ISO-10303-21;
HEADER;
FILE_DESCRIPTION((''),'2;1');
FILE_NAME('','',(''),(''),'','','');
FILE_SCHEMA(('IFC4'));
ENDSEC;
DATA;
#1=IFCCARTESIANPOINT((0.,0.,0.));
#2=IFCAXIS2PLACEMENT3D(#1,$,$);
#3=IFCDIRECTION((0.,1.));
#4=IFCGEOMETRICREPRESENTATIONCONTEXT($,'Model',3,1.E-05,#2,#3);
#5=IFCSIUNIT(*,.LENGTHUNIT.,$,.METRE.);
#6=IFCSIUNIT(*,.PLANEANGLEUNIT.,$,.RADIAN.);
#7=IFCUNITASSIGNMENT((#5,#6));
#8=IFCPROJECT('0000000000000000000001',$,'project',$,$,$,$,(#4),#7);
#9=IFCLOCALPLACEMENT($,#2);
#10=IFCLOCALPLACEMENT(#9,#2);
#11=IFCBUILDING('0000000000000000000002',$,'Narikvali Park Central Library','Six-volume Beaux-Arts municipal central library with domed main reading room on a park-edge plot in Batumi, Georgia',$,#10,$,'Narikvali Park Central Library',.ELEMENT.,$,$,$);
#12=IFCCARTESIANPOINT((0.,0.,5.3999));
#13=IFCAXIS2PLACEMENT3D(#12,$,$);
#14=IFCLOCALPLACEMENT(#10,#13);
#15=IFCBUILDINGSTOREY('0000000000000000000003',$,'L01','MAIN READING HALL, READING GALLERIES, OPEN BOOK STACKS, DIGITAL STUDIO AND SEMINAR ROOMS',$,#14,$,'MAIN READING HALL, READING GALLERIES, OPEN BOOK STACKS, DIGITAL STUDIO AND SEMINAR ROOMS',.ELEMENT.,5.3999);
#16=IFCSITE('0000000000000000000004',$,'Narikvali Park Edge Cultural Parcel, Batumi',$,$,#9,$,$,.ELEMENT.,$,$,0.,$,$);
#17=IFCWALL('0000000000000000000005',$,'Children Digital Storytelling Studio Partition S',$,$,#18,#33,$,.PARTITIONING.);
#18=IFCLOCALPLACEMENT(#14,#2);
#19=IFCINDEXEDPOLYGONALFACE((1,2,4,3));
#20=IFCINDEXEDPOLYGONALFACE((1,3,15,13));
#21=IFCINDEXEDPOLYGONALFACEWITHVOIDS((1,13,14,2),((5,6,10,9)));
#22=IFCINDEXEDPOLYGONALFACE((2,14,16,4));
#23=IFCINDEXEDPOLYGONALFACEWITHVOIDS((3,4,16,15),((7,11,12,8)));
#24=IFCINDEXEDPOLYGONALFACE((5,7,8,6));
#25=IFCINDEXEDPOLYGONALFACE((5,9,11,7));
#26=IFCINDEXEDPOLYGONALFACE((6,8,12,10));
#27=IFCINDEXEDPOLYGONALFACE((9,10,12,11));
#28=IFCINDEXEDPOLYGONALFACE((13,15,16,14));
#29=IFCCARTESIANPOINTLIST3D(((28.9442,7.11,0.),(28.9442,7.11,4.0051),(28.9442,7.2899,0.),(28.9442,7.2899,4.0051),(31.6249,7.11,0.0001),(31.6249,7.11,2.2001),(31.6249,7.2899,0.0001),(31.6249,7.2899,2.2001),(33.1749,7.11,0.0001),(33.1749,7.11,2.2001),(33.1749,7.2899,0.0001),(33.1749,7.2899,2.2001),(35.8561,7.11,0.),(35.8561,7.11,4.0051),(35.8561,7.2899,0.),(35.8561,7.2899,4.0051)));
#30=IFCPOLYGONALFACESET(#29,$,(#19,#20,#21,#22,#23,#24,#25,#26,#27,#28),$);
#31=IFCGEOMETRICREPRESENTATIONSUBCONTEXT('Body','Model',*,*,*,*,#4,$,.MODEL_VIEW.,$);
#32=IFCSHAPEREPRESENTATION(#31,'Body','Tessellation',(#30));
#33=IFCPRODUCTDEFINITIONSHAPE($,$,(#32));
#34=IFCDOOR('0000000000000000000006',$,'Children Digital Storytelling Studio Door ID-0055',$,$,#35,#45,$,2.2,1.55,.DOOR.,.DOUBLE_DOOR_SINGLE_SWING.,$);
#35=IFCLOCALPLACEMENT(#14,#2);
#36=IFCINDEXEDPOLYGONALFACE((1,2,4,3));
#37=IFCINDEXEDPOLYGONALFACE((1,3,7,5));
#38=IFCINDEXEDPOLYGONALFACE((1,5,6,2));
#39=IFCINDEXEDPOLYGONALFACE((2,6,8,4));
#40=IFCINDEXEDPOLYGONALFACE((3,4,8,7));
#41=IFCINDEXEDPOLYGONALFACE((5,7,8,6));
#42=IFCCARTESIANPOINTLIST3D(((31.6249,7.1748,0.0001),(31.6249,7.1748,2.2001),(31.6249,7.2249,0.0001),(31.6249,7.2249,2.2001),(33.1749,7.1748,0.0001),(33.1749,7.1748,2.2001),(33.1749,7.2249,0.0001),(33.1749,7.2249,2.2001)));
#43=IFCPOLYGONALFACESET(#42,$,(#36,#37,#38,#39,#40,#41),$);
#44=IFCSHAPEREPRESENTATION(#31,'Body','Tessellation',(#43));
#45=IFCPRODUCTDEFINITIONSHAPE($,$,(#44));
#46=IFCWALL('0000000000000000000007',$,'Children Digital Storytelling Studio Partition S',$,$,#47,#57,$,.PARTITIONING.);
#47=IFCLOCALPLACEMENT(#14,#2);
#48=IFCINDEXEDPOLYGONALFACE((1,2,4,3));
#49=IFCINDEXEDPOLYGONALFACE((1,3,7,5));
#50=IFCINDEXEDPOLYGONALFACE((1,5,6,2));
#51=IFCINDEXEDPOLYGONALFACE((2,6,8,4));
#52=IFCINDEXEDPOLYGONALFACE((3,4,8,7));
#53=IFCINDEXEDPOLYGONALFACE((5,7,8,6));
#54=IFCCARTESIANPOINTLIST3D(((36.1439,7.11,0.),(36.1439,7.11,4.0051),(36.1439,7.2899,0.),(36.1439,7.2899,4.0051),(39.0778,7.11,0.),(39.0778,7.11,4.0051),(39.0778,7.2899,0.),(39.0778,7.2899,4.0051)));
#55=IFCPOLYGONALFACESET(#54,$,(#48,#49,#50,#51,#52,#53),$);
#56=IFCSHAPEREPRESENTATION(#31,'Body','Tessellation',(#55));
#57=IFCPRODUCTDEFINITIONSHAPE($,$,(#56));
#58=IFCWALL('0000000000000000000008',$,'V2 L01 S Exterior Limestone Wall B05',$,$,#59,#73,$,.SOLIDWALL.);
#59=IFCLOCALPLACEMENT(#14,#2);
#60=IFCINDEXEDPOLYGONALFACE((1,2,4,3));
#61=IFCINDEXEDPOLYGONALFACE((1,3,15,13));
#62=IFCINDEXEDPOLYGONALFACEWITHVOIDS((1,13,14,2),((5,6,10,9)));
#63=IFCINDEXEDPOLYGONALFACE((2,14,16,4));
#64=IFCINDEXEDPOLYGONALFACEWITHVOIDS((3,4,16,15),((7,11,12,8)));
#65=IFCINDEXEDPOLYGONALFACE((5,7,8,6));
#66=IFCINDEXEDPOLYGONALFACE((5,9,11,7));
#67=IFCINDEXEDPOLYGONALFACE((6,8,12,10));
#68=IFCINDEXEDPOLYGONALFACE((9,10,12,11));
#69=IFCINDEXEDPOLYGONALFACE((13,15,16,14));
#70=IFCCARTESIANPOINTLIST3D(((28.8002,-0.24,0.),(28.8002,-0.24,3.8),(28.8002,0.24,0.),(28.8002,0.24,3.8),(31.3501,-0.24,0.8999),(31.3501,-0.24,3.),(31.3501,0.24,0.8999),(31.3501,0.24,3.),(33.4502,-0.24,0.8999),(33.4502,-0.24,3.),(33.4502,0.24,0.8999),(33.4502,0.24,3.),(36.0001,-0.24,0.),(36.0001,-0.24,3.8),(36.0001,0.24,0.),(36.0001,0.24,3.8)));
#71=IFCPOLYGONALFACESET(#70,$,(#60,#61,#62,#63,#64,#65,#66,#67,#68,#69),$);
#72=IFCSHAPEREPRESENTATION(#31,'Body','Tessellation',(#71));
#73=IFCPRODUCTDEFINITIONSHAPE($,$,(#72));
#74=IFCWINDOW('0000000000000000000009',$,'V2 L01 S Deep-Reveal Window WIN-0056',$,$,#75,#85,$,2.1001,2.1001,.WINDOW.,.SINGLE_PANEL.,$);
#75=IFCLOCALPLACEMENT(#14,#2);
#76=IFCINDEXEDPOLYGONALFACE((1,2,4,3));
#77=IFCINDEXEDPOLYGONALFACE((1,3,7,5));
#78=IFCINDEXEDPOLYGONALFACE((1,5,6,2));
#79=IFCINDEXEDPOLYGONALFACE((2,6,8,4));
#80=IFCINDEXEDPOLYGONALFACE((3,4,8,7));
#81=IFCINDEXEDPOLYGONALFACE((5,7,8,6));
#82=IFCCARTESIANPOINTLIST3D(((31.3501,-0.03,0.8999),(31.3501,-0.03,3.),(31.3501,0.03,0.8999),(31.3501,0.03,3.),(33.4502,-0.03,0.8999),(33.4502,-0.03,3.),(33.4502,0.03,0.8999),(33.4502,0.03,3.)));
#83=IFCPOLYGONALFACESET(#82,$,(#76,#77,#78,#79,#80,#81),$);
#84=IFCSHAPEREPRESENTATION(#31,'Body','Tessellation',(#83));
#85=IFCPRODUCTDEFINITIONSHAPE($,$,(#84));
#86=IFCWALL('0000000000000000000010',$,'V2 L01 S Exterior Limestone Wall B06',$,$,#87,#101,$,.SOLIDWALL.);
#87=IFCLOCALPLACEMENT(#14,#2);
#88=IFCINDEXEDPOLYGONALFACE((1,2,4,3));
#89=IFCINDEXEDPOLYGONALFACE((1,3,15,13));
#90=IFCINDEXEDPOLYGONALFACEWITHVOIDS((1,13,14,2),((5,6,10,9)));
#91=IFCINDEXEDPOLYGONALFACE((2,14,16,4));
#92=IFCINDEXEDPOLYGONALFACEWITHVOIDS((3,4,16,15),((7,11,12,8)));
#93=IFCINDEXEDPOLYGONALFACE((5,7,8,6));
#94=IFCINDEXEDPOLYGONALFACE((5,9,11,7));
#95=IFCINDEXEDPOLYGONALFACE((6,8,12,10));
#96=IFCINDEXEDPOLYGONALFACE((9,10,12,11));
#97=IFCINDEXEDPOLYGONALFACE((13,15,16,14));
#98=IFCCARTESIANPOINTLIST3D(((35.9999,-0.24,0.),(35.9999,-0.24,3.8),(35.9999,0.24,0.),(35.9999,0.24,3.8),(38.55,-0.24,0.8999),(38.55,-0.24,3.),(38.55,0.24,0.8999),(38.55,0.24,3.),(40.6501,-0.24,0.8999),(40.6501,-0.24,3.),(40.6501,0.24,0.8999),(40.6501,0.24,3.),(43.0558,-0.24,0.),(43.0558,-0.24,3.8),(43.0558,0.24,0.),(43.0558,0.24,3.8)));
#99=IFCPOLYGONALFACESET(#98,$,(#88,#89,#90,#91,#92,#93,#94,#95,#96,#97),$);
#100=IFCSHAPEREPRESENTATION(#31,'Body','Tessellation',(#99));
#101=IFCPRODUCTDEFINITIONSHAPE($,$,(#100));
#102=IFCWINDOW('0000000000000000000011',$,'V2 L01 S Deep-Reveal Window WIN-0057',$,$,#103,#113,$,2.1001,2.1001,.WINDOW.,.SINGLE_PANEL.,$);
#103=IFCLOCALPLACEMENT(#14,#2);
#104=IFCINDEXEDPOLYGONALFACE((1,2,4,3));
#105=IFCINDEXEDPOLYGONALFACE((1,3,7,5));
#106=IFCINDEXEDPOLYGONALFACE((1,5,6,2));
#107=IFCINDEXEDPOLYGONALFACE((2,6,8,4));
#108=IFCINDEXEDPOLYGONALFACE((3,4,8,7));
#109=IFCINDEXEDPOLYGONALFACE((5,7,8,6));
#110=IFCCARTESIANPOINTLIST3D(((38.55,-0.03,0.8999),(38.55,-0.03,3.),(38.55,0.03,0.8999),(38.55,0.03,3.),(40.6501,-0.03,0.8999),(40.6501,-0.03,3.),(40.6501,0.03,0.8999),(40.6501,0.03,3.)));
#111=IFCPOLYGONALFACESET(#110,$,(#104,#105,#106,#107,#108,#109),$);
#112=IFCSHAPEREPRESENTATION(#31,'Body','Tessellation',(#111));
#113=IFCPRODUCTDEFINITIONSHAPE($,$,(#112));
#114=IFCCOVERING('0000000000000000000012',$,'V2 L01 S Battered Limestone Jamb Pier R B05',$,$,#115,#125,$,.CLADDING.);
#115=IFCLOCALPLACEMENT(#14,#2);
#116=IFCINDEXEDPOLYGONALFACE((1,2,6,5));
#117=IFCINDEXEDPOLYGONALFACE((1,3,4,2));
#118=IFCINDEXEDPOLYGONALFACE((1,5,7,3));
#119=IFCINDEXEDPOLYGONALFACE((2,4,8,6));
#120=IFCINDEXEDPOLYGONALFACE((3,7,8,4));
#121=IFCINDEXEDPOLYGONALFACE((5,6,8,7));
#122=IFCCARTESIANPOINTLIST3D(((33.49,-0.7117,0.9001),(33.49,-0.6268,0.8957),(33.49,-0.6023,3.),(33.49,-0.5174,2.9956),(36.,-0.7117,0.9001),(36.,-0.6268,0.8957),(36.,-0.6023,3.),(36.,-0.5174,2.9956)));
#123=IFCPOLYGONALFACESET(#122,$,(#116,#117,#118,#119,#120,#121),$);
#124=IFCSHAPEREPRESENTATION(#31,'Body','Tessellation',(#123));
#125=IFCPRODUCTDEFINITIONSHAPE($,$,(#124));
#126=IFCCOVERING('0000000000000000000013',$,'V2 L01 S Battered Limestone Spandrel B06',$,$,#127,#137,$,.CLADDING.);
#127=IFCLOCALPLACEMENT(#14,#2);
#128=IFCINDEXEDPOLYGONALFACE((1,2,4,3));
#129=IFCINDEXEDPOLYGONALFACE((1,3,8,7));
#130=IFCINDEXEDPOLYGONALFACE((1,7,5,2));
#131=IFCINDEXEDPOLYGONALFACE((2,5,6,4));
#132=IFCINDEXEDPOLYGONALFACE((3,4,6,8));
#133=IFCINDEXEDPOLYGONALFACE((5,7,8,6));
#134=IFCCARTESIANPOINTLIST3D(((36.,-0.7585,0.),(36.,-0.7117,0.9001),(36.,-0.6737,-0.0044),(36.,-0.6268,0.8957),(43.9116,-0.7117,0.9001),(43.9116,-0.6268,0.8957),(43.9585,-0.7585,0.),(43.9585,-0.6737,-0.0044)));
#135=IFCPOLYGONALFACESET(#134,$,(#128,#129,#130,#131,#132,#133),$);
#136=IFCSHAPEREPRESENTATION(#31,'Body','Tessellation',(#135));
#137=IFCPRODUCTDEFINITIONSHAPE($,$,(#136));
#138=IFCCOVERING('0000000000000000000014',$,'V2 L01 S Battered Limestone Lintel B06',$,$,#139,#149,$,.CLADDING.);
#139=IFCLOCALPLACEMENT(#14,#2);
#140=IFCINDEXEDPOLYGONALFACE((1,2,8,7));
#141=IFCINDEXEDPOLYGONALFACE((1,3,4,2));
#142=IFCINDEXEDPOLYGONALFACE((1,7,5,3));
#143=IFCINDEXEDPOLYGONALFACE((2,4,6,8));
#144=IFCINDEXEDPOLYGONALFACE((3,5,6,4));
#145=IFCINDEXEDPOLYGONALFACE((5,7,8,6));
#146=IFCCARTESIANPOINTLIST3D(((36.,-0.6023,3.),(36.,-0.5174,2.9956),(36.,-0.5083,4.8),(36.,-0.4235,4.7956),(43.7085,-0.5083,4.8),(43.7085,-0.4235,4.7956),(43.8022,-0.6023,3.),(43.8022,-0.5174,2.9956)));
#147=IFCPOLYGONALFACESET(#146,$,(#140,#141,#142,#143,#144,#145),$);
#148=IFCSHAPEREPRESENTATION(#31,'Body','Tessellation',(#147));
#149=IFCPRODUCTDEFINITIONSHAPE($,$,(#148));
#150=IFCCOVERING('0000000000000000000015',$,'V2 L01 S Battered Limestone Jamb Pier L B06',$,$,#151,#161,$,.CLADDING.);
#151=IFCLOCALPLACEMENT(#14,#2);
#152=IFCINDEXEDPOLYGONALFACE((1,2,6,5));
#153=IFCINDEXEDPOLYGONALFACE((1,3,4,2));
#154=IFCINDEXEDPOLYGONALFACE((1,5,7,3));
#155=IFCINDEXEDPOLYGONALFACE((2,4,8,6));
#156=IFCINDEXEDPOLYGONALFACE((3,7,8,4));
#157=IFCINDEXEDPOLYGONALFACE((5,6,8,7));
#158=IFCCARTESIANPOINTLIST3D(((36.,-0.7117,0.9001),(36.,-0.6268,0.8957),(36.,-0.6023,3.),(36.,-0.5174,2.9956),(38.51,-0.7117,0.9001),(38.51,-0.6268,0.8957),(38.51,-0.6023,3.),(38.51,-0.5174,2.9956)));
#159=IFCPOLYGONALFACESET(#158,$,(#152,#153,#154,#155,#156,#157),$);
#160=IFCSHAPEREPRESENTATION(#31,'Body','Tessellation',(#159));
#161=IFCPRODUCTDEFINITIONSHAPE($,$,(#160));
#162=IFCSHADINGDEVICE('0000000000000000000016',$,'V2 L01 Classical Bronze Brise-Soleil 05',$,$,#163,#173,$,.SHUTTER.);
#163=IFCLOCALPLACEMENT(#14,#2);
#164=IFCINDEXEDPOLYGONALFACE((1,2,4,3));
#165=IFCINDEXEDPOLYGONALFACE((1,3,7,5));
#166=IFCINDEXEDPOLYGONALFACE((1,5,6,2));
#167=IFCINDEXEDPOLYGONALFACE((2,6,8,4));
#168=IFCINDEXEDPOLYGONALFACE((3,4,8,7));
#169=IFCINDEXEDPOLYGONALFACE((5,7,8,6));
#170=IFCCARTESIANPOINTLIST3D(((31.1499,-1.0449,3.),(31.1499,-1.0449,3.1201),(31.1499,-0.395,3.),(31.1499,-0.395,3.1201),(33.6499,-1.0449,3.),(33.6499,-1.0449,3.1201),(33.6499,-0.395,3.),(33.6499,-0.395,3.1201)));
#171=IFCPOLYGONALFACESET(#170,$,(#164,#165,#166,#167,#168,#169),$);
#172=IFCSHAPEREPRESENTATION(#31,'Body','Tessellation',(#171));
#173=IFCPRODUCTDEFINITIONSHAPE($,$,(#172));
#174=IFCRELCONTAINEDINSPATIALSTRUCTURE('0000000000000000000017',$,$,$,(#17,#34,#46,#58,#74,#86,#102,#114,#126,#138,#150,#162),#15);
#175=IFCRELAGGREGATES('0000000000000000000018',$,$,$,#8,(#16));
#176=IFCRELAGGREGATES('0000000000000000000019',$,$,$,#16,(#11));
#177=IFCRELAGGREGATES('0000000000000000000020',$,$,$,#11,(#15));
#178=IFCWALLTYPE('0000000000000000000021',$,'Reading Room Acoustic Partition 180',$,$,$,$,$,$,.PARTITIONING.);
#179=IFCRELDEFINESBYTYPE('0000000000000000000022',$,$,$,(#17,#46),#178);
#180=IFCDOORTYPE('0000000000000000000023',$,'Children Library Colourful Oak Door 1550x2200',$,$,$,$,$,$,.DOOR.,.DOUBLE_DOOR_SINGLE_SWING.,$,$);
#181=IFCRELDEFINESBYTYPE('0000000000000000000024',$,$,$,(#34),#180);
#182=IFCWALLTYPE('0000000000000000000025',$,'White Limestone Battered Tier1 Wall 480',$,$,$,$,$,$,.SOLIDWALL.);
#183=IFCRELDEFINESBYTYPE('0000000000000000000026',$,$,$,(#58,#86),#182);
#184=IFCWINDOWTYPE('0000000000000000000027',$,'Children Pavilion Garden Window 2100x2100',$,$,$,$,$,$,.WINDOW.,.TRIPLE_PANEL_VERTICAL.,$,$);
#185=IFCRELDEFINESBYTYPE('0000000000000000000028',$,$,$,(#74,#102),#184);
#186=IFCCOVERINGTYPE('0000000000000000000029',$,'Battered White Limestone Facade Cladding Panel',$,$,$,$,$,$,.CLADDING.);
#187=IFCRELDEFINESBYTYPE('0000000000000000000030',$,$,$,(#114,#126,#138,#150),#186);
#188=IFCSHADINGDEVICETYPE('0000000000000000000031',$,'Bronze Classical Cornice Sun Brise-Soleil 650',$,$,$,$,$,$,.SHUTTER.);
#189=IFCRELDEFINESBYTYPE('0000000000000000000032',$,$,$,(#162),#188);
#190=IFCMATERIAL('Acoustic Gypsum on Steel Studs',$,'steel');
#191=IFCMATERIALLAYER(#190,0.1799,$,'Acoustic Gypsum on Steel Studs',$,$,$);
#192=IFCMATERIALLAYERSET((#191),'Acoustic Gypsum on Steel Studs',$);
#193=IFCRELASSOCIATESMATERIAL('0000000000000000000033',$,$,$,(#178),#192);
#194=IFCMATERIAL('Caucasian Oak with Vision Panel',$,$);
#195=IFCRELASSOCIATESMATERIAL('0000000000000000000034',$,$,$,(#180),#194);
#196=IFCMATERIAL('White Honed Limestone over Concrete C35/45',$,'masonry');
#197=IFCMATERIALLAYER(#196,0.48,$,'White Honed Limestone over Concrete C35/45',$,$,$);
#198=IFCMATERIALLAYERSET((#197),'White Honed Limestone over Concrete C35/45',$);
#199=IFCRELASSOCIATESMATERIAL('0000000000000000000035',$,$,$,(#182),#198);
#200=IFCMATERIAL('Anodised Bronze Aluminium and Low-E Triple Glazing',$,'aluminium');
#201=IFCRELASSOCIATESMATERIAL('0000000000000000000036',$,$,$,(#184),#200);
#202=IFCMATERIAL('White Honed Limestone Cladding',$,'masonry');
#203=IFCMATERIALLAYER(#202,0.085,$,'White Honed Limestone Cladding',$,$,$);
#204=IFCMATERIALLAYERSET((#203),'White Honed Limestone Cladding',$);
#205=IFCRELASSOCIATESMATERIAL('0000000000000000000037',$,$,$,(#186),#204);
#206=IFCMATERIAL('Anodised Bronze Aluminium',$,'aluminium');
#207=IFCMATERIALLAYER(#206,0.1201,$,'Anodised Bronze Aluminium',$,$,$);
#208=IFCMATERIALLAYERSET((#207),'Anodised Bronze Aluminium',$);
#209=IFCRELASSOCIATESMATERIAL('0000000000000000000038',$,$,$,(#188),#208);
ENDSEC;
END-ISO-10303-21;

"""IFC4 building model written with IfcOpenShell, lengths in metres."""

from ifc_helpers import new_model, si_unit, direction, frame, frame_2d, origin, origin_2d, place, context, subcontext, project, spatial, polyline, rectangle, outline, extrude, material, layer, layer_set, type_object, element, fill, save


model = new_model("IFC4")

# Units and contexts
model_context = context("Model", 3, precision=1e-05, world=origin(), true_north=direction((0.0, 1.0)))
body_context = subcontext(model_context, "Body", "Model", "MODEL_VIEW")
ifc_project = project(units=[si_unit("LENGTHUNIT", "METRE"), si_unit("PLANEANGLEUNIT", "RADIAN")], contexts=[model_context])

# Site, building, storey
site_placement = place(None, origin())
site = spatial("IfcSite", under=ifc_project, at=site_placement, Name="Narikvali Park Edge Cultural Parcel, Batumi", CompositionType="ELEMENT", RefElevation=0.0)
building_placement = place(site_placement, origin())
building = spatial("IfcBuilding", under=site, at=building_placement, Name="Narikvali Park Central Library", Description="Six-volume Beaux-Arts municipal central library with domed main reading room on a park-edge plot in Batumi, Georgia", LongName="Narikvali Park Central Library", CompositionType="ELEMENT")
storey_placement = place(building_placement, frame((0.0, 0.0, 5.3999)))
storey = spatial("IfcBuildingStorey", under=building, at=storey_placement, Name="L01", Description="MAIN READING HALL, READING GALLERIES, OPEN BOOK STACKS, DIGITAL STUDIO AND SEMINAR ROOMS", LongName="MAIN READING HALL, READING GALLERIES, OPEN BOOK STACKS, DIGITAL STUDIO AND SEMINAR ROOMS", CompositionType="ELEMENT", Elevation=5.3999)

# Wall, opening, door
ifc_material_1 = material(Name="Acoustic Gypsum on Steel Studs", Category="steel")
ifc_layer_1 = layer(ifc_material_1, 0.1799, Name="Acoustic Gypsum on Steel Studs")
ifc_layer_set_1 = layer_set([ifc_layer_1], Name="Acoustic Gypsum on Steel Studs")
wall_type_1 = type_object("IfcWallType", Name="Reading Room Acoustic Partition 180", PredefinedType="PARTITIONING", material=ifc_layer_set_1)
wall_1_placement = place(storey_placement, frame((28.9441, 7.2, 0.0), z_axis=(0.0, 0.0, 1.0), x_axis=(1.0, 0.0, 0.0)))
wall_1 = element("IfcWall", 1, at=wall_1_placement, inside=storey, type_object=wall_type_1, Name="Children Digital Storytelling Studio Partition S", PredefinedType="PARTITIONING", context=body_context, shape_type="SweptSolid", body=[
    extrude(rectangle(XDim=6.9119, YDim=0.1799, at=frame_2d((3.4561, 0.0))), origin(), (0.0, 0.0, 1.0), 4.0051),
])
opening_1_placement = place(wall_1_placement, frame((2.6809, 0.0, 0.0)))
opening_1 = element("IfcOpeningElement", 2, at=opening_1_placement, cuts=wall_1, PredefinedType="OPENING", context=body_context, shape_type="SweptSolid", body=[
    extrude(rectangle(XDim=1.55, YDim=2.2, at=frame_2d((0.7749, 1.1001))), frame((0.0, 0.1021, 0.0), z_axis=(0.0, -1.0, 0.0), x_axis=(1.0, 0.0, 0.0)), (0.0, 0.0, 1.0), 0.2039),
])
ifc_material_2 = material(Name="Caucasian Oak with Vision Panel")
door_type = type_object("IfcDoorType", Name="Children Library Colourful Oak Door 1550x2200", OperationType="DOUBLE_DOOR_SINGLE_SWING", PredefinedType="DOOR", material=ifc_material_2)
door_placement = place(opening_1_placement, origin())
door = element("IfcDoor", 3, at=door_placement, inside=storey, type_object=door_type, Name="Children Digital Storytelling Studio Door ID-0055", OperationType="DOUBLE_DOOR_SINGLE_SWING", OverallHeight=2.2, OverallWidth=1.55, PredefinedType="DOOR", context=body_context, shape_type="SweptSolid", body=[
    extrude(rectangle(XDim=1.55, YDim=2.2, at=frame_2d((0.7749, 1.1001))), frame((0.0, 0.0249, 0.0), z_axis=(0.0, -1.0, 0.0), x_axis=(1.0, 0.0, 0.0)), (0.0, 0.0, 1.0), 0.05),
])
fill(opening_1, door)

# Wall
wall_2_placement = place(storey_placement, frame((36.144, 7.2, 0.0), z_axis=(0.0, 0.0, 1.0), x_axis=(1.0, 0.0, 0.0)))
element("IfcWall", 4, at=wall_2_placement, inside=storey, type_object=wall_type_1, Name="Children Digital Storytelling Studio Partition S", PredefinedType="PARTITIONING", context=body_context, shape_type="SweptSolid", body=[
    extrude(rectangle(XDim=2.9338, YDim=0.1799, at=frame_2d((1.4668, 0.0))), origin(), (0.0, 0.0, 1.0), 4.0051),
])

# Walls, openings, windows
ifc_material_3 = material(Name="White Honed Limestone over Concrete C35/45", Category="masonry")
ifc_layer_2 = layer(ifc_material_3, 0.48, Name="White Honed Limestone over Concrete C35/45")
ifc_layer_set_2 = layer_set([ifc_layer_2], Name="White Honed Limestone over Concrete C35/45")
wall_type_2 = type_object("IfcWallType", Name="White Limestone Battered Tier1 Wall 480", PredefinedType="SOLIDWALL", material=ifc_layer_set_2)
wall_3_placement = place(storey_placement, frame((28.8, 0.0, 0.0), z_axis=(0.0, 0.0, 1.0), x_axis=(1.0, 0.0, 0.0)))
wall_3 = element("IfcWall", 5, at=wall_3_placement, inside=storey, type_object=wall_type_2, Name="V2 L01 S Exterior Limestone Wall B05", PredefinedType="SOLIDWALL", context=body_context, shape_type="SweptSolid", body=[
    extrude(rectangle(XDim=7.2, YDim=0.48, at=frame_2d((3.6001, 0.0))), origin(), (0.0, 0.0, 1.0), 3.8),
])
opening_2_placement = place(wall_3_placement, frame((2.55, 0.0, 0.8999)))
opening_2 = element("IfcOpeningElement", 6, at=opening_2_placement, cuts=wall_3, PredefinedType="OPENING", context=body_context, shape_type="SweptSolid", body=[
    extrude(rectangle(XDim=2.1001, YDim=2.1001, at=frame_2d((1.05, 1.05))), frame((0.0, 0.252, 0.0), z_axis=(0.0, -1.0, 0.0), x_axis=(1.0, 0.0, 0.0)), (0.0, 0.0, 1.0), 0.5039),
])
ifc_material_4 = material(Name="Anodised Bronze Aluminium and Low-E Triple Glazing", Category="aluminium")
window_type = type_object("IfcWindowType", Name="Children Pavilion Garden Window 2100x2100", PartitioningType="TRIPLE_PANEL_VERTICAL", PredefinedType="WINDOW", material=ifc_material_4)
window_1_placement = place(opening_2_placement, origin())
window_1 = element("IfcWindow", 7, at=window_1_placement, inside=storey, type_object=window_type, Name="V2 L01 S Deep-Reveal Window WIN-0056", OverallHeight=2.1001, OverallWidth=2.1001, PartitioningType="SINGLE_PANEL", PredefinedType="WINDOW", context=body_context, shape_type="SweptSolid", body=[
    extrude(rectangle(XDim=2.1001, YDim=2.1001, at=frame_2d((1.05, 1.05))), frame((0.0, 0.03, 0.0), z_axis=(0.0, -1.0, 0.0), x_axis=(1.0, 0.0, 0.0)), (0.0, 0.0, 1.0), 0.0601),
])
fill(opening_2, window_1)
wall_4_placement = place(storey_placement, frame((36.0, 0.0, 0.0), z_axis=(0.0, 0.0, 1.0), x_axis=(1.0, 0.0, 0.0)))
wall_4 = element("IfcWall", 8, at=wall_4_placement, inside=storey, type_object=wall_type_2, Name="V2 L01 S Exterior Limestone Wall B06", PredefinedType="SOLIDWALL", context=body_context, shape_type="SweptSolid", body=[
    extrude(rectangle(XDim=7.0559, YDim=0.48, at=frame_2d((3.5278, 0.0))), origin(), (0.0, 0.0, 1.0), 3.8),
])
opening_3_placement = place(wall_4_placement, frame((2.55, 0.0, 0.8999)))
opening_3 = element("IfcOpeningElement", 9, at=opening_3_placement, cuts=wall_4, PredefinedType="OPENING", context=body_context, shape_type="SweptSolid", body=[
    extrude(rectangle(XDim=2.1001, YDim=2.1001, at=frame_2d((1.05, 1.05))), frame((0.0, 0.252, 0.0), z_axis=(0.0, -1.0, 0.0), x_axis=(1.0, 0.0, 0.0)), (0.0, 0.0, 1.0), 0.5039),
])
window_2_placement = place(opening_3_placement, origin())
window_2 = element("IfcWindow", 10, at=window_2_placement, inside=storey, type_object=window_type, Name="V2 L01 S Deep-Reveal Window WIN-0057", OverallHeight=2.1001, OverallWidth=2.1001, PartitioningType="SINGLE_PANEL", PredefinedType="WINDOW", context=body_context, shape_type="SweptSolid", body=[
    extrude(rectangle(XDim=2.1001, YDim=2.1001, at=frame_2d((1.05, 1.05))), frame((0.0, 0.03, 0.0), z_axis=(0.0, -1.0, 0.0), x_axis=(1.0, 0.0, 0.0)), (0.0, 0.0, 1.0), 0.0601),
])
fill(opening_3, window_2)

# Coverings
ifc_material_5 = material(Name="White Honed Limestone Cladding", Category="masonry")
ifc_layer_3 = layer(ifc_material_5, 0.085, Name="White Honed Limestone Cladding")
ifc_layer_set_3 = layer_set([ifc_layer_3], Name="White Honed Limestone Cladding")
covering_type = type_object("IfcCoveringType", Name="Battered White Limestone Facade Cladding Panel", PredefinedType="CLADDING", material=ifc_layer_set_3)
covering_1_placement = place(storey_placement, frame((33.49, -0.7117, 0.9001), z_axis=(0.0, -0.998646, 0.052016), x_axis=(1.0, 0.0, 0.0)))
element("IfcCovering", 11, at=covering_1_placement, inside=storey, type_object=covering_type, Name="V2 L01 S Battered Limestone Jamb Pier R B05", PredefinedType="CLADDING", context=body_context, shape_type="SweptSolid", body=[
    extrude(outline(polyline([(0.0, 0.0), (2.51, 0.0), (2.51, 2.1027), (0.0, 2.1027), (0.0, 0.0)])), origin(), (0.0, 0.0, -1.0), 0.085),
])
covering_2_placement = place(storey_placement, frame((36.0, -0.7585, 0.0), z_axis=(0.0, -0.998647, 0.052004), x_axis=(1.0, 0.0, 0.0)))
element("IfcCovering", 12, at=covering_2_placement, inside=storey, type_object=covering_type, Name="V2 L01 S Battered Limestone Spandrel B06", PredefinedType="CLADDING", context=body_context, shape_type="SweptSolid", body=[
    extrude(outline(polyline([(0.0, 0.0), (7.9585, 0.0), (7.9116, 0.9014), (0.0, 0.9014), (0.0, 0.0)])), origin(), (0.0, 0.0, -1.0), 0.085),
])
covering_3_placement = place(storey_placement, frame((36.0, -0.6023, 3.0), z_axis=(0.0, -0.998639, 0.052147), x_axis=(1.0, 0.0, 0.0)))
element("IfcCovering", 13, at=covering_3_placement, inside=storey, type_object=covering_type, Name="V2 L01 S Battered Limestone Lintel B06", PredefinedType="CLADDING", context=body_context, shape_type="SweptSolid", body=[
    extrude(outline(polyline([(0.0, 0.0), (7.8022, 0.0), (7.7085, 1.8025), (0.0, 1.8025), (0.0, 0.0)])), origin(), (0.0, 0.0, -1.0), 0.085),
])
covering_4_placement = place(storey_placement, frame((36.0, -0.7117, 0.9001), z_axis=(0.0, -0.998646, 0.052016), x_axis=(1.0, 0.0, 0.0)))
element("IfcCovering", 14, at=covering_4_placement, inside=storey, type_object=covering_type, Name="V2 L01 S Battered Limestone Jamb Pier L B06", PredefinedType="CLADDING", context=body_context, shape_type="SweptSolid", body=[
    extrude(outline(polyline([(0.0, 0.0), (2.51, 0.0), (2.51, 2.1027), (0.0, 2.1027), (0.0, 0.0)])), origin(), (0.0, 0.0, -1.0), 0.085),
])

# Shading device
ifc_material_6 = material(Name="Anodised Bronze Aluminium", Category="aluminium")
ifc_layer_4 = layer(ifc_material_6, 0.1201, Name="Anodised Bronze Aluminium")
ifc_layer_set_4 = layer_set([ifc_layer_4], Name="Anodised Bronze Aluminium")
shading_device_type = type_object("IfcShadingDeviceType", Name="Bronze Classical Cornice Sun Brise-Soleil 650", PredefinedType="SHUTTER", material=ifc_layer_set_4)
shading_device_placement = place(storey_placement, frame((32.3999, -0.72, 3.0), z_axis=(0.0, 0.0, 1.0), x_axis=(1.0, 0.0, 0.0)))
element("IfcShadingDevice", 15, at=shading_device_placement, inside=storey, type_object=shading_device_type, Name="V2 L01 Classical Bronze Brise-Soleil 05", PredefinedType="SHUTTER", context=body_context, shape_type="SweptSolid", body=[
    extrude(rectangle(XDim=2.5, YDim=0.6499, at=origin_2d()), origin(), (0.0, 0.0, 1.0), 0.1201),
])

save(model, "model.ifc")
